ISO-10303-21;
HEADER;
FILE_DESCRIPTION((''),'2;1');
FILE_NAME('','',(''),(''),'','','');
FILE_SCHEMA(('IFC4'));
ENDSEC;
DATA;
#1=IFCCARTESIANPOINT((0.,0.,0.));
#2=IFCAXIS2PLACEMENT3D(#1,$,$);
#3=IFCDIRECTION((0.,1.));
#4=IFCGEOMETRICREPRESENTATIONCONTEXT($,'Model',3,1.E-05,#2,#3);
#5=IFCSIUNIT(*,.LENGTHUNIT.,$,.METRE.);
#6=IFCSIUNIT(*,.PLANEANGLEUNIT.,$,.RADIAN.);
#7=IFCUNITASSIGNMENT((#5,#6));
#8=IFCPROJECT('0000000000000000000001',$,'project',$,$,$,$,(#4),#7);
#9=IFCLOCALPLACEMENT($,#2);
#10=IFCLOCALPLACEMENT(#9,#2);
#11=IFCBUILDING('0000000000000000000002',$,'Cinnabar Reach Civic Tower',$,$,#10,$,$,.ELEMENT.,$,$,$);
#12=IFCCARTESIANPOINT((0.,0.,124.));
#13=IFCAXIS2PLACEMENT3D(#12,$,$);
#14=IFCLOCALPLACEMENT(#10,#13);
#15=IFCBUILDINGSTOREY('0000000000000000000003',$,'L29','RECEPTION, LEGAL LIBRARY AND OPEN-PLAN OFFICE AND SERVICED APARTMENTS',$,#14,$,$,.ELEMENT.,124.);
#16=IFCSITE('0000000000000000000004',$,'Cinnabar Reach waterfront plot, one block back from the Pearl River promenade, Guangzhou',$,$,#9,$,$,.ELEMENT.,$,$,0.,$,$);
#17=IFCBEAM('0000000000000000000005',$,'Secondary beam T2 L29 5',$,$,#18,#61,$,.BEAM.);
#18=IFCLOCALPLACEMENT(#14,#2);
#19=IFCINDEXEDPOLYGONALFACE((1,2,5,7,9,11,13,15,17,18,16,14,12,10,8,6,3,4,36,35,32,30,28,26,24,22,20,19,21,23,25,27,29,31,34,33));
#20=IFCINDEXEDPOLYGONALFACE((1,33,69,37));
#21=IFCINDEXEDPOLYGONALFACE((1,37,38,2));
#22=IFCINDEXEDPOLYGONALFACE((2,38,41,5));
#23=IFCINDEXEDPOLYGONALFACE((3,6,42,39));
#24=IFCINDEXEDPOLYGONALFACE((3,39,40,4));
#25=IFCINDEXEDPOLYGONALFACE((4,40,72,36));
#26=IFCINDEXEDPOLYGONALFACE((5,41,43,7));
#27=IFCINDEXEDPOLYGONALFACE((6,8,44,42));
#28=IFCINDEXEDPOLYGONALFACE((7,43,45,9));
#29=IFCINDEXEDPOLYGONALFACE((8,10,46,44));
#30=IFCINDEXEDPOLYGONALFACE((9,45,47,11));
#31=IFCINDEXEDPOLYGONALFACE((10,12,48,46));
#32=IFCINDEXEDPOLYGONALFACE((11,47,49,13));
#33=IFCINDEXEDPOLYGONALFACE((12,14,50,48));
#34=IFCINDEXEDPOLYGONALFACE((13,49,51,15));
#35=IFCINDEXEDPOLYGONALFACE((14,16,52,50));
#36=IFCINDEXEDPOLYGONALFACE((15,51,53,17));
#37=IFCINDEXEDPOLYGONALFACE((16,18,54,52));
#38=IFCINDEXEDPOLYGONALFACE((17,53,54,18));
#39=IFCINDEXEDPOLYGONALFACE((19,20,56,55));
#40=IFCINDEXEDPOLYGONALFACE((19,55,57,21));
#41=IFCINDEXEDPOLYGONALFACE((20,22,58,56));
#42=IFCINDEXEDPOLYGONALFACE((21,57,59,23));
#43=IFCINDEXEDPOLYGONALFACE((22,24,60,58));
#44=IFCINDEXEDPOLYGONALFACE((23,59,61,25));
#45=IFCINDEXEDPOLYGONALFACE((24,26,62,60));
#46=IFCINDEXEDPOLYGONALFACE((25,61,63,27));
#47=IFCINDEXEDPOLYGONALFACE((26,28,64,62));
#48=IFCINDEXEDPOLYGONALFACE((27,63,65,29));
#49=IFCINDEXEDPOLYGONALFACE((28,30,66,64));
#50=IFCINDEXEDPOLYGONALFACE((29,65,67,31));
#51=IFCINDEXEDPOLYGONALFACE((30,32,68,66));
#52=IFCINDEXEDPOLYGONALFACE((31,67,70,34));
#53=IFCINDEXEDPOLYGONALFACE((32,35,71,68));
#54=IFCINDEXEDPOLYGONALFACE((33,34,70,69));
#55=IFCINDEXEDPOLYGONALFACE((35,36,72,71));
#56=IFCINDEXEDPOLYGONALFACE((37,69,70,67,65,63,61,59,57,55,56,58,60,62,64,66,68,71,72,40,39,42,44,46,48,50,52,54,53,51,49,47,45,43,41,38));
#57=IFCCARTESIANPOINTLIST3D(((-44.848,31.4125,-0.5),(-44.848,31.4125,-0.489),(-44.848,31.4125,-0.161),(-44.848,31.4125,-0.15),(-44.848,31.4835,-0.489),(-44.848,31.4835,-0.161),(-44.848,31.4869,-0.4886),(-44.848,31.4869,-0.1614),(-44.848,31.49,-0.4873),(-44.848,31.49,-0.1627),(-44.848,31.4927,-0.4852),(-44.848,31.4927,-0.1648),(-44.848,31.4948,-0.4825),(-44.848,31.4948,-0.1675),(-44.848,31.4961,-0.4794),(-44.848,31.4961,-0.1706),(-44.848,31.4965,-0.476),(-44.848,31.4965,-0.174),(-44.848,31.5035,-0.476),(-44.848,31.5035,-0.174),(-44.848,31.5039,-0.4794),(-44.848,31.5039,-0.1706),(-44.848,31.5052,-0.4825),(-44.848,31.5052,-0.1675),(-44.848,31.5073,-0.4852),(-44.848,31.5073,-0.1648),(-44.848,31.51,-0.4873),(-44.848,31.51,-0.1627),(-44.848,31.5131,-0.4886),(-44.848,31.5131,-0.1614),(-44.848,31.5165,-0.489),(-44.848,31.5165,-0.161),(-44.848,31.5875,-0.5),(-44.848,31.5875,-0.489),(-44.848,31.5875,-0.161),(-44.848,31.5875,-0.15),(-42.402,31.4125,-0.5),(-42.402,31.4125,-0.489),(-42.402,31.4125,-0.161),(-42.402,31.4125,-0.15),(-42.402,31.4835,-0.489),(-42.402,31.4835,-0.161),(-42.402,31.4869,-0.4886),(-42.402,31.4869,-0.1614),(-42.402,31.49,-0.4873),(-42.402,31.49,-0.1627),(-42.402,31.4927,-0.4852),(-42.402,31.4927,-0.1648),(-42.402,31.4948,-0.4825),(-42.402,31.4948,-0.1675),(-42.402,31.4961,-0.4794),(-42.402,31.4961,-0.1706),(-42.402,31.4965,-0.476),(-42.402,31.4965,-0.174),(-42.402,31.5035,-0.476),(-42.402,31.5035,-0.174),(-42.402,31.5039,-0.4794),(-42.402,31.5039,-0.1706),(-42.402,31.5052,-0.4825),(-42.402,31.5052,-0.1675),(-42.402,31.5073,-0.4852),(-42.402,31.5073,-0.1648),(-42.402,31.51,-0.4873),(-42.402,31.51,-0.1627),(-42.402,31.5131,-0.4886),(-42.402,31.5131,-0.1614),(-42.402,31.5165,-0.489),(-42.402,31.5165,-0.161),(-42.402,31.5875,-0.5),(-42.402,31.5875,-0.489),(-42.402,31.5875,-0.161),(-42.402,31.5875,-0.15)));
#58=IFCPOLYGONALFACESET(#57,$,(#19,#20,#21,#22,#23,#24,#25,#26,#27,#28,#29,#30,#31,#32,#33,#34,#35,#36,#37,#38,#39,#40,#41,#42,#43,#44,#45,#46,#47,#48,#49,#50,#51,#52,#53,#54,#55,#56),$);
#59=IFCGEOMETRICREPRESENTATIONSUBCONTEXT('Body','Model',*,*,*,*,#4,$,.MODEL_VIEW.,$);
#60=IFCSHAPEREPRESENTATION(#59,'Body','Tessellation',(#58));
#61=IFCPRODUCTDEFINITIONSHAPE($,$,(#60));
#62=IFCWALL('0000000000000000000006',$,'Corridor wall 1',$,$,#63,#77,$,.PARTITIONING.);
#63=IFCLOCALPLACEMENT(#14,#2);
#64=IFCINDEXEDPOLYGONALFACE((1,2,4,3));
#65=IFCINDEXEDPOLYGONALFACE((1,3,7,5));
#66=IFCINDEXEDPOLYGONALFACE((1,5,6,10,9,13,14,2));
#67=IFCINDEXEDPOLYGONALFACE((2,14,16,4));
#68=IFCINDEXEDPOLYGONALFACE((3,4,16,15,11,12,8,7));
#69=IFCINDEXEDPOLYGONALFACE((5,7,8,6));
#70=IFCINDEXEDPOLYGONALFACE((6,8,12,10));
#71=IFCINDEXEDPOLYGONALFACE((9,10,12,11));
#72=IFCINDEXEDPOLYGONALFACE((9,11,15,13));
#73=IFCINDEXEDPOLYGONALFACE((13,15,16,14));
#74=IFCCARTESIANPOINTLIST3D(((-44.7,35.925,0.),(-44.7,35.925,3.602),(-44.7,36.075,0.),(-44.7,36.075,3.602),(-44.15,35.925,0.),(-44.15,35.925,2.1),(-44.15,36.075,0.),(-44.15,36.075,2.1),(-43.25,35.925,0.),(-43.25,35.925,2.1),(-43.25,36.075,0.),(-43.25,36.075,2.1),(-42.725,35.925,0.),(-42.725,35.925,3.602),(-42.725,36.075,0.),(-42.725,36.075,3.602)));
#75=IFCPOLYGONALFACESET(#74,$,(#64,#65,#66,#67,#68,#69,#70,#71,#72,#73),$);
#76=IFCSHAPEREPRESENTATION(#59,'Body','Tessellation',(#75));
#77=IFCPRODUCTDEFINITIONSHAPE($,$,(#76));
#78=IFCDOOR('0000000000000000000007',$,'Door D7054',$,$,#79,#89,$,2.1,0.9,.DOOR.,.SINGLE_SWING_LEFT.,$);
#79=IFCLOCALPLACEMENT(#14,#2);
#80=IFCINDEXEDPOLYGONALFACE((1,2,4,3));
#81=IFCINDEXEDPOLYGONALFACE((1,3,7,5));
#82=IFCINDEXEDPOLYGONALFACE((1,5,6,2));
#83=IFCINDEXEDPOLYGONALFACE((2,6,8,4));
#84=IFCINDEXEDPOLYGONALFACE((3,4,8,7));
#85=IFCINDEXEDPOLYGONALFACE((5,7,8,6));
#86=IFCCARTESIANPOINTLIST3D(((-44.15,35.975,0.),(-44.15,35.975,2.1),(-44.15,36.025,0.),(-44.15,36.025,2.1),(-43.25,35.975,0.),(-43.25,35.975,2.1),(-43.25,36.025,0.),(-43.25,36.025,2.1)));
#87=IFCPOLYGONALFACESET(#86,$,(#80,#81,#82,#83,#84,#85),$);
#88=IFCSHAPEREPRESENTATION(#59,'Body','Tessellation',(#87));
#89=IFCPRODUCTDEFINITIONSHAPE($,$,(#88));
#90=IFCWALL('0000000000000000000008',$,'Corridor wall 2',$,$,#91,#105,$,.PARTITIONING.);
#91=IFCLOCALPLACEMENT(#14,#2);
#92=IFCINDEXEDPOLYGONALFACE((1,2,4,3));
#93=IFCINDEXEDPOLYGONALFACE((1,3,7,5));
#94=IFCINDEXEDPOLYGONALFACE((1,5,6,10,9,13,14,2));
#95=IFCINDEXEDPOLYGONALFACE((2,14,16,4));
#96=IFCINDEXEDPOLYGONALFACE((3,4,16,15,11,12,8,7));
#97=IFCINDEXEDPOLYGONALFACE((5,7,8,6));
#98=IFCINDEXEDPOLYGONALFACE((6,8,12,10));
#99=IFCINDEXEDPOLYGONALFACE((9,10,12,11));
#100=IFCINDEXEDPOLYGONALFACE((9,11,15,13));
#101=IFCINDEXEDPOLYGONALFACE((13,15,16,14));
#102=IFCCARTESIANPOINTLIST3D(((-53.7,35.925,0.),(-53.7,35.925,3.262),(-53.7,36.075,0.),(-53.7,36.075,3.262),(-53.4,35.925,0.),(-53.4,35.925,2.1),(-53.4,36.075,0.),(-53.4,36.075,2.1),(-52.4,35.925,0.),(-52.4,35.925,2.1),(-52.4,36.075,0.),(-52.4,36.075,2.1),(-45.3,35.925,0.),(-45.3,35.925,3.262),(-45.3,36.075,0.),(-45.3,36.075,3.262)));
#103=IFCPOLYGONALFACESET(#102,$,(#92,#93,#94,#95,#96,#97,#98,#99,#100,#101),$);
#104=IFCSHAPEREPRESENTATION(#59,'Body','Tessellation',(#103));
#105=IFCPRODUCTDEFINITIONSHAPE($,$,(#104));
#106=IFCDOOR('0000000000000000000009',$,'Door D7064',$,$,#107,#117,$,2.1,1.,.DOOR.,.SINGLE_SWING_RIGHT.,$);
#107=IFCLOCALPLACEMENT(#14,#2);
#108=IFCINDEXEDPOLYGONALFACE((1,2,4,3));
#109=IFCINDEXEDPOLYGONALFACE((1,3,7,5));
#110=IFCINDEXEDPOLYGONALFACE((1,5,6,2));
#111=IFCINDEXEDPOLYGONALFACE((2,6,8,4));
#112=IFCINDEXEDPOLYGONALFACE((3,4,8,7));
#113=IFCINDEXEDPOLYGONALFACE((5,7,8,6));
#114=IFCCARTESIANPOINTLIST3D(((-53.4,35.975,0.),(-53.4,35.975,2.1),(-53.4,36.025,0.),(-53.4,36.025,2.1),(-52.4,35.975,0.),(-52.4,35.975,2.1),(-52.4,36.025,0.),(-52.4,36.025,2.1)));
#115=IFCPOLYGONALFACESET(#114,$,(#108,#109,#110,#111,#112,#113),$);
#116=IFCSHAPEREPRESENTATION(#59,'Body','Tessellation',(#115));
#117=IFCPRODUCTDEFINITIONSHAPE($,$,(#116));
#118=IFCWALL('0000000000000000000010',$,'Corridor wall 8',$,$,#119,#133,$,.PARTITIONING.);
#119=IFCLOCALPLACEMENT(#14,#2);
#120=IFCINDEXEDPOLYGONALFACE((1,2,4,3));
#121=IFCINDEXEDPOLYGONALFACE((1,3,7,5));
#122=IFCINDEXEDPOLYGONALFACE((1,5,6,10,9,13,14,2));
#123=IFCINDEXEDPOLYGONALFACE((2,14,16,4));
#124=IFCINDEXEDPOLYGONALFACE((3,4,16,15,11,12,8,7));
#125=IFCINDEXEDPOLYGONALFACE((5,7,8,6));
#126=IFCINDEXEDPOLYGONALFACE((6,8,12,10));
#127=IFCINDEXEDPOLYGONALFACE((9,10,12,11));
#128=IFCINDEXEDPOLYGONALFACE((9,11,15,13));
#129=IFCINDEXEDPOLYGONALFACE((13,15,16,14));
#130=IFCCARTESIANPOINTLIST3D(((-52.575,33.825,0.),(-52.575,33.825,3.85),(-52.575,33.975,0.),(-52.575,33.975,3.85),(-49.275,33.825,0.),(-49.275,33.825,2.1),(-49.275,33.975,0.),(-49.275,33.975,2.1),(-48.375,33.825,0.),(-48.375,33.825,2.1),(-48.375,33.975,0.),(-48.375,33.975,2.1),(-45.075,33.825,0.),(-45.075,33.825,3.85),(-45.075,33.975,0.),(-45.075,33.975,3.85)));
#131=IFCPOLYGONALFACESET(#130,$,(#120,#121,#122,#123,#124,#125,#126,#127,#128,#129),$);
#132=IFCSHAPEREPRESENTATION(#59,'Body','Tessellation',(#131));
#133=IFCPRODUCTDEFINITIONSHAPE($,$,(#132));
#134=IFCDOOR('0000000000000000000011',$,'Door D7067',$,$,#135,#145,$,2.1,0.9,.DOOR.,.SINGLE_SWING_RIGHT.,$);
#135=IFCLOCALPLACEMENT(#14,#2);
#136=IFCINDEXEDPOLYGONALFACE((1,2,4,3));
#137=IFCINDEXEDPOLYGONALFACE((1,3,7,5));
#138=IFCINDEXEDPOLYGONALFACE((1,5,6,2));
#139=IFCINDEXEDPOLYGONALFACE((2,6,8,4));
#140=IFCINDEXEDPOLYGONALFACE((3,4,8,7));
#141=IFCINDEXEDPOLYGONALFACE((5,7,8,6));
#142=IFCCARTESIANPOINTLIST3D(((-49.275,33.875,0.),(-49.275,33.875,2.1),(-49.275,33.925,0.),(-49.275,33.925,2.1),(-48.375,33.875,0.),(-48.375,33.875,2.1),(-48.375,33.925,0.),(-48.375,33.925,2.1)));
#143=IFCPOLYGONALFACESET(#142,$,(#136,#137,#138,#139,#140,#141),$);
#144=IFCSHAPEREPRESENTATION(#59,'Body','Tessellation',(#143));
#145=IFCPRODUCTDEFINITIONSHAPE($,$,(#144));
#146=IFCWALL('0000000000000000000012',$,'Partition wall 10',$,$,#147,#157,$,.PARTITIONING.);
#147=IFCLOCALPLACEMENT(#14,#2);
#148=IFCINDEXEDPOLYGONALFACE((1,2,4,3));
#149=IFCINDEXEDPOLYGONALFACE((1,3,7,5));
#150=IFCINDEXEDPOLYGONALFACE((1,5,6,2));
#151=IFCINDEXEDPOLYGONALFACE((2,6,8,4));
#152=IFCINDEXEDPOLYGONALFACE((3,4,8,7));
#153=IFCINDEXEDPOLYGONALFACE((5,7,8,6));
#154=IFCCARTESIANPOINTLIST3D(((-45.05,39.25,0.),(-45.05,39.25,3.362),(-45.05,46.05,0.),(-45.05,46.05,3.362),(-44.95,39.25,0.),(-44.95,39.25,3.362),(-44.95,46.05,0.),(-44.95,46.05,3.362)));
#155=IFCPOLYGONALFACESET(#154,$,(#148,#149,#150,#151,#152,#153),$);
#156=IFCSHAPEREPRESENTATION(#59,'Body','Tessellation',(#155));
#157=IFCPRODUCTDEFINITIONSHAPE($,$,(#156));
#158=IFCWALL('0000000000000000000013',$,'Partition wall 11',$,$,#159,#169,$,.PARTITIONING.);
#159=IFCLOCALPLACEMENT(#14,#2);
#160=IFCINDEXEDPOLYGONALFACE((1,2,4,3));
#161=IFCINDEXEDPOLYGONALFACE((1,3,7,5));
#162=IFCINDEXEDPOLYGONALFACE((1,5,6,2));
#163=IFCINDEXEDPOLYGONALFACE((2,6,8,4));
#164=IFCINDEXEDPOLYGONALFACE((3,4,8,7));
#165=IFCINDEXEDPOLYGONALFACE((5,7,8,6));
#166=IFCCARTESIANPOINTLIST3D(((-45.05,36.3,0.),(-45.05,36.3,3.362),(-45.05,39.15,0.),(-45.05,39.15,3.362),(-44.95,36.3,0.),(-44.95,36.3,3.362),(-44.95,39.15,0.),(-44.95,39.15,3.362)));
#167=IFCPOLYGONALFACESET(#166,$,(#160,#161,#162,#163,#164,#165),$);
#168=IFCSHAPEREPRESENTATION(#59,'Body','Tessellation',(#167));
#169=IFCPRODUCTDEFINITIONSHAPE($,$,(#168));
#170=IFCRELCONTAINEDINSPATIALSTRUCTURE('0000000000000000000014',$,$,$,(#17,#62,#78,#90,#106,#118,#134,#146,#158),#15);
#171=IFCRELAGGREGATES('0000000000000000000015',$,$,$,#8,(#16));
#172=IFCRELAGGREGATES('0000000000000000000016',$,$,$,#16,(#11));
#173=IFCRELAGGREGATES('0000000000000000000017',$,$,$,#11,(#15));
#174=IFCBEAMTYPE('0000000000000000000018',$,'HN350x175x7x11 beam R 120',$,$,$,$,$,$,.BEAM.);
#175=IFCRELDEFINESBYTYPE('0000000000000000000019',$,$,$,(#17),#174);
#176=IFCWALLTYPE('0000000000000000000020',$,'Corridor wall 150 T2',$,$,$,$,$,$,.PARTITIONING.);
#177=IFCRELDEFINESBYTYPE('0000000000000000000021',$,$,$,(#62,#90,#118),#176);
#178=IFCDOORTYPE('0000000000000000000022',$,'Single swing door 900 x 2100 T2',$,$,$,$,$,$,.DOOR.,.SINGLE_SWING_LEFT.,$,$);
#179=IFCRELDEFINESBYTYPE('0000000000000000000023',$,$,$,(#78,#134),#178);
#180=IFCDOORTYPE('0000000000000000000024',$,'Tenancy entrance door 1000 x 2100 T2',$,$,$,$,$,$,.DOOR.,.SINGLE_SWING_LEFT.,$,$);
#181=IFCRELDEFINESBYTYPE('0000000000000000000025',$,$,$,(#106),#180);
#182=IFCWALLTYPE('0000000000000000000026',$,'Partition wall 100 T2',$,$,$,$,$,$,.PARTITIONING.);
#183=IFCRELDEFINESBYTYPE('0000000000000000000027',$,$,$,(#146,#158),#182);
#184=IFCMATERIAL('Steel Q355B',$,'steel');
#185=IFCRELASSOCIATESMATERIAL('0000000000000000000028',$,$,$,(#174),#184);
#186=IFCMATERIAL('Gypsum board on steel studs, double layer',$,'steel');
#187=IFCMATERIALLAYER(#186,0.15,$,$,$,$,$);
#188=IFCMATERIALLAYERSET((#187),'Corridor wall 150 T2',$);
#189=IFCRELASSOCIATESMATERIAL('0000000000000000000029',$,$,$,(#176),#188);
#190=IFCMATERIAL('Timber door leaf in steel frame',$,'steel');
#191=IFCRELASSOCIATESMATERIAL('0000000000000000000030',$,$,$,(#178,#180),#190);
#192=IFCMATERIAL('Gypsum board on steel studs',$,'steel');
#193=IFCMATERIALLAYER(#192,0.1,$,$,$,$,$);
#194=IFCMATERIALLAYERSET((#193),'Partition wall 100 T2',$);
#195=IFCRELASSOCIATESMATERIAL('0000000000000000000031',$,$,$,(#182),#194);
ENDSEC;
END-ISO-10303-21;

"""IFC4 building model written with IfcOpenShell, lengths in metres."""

from ifc_helpers import new_model, si_unit, direction, frame, frame_2d, origin, origin_2d, place, context, subcontext, project, spatial, rectangle, i_section, extrude, material, layer, layer_set, material_profile, profile_set, type_object, element, fill, save


model = new_model("IFC4")

# Units and contexts
model_context = context("Model", 3, precision=1e-05, world=origin(), true_north=direction((0.0, 1.0)))
body_context = subcontext(model_context, "Body", "Model", "MODEL_VIEW")
ifc_project = project(units=[si_unit("LENGTHUNIT", "METRE"), si_unit("PLANEANGLEUNIT", "RADIAN")], contexts=[model_context])

# Site, building, storey
site_placement = place(None, origin())
site = spatial("IfcSite", under=ifc_project, at=site_placement, Name="Cinnabar Reach waterfront plot, one block back from the Pearl River promenade, Guangzhou", CompositionType="ELEMENT", RefElevation=0.0)
building_placement = place(site_placement, origin())
building = spatial("IfcBuilding", under=site, at=building_placement, Name="Cinnabar Reach Civic Tower", CompositionType="ELEMENT")
storey_placement = place(building_placement, frame((0.0, 0.0, 124.0)))
storey = spatial("IfcBuildingStorey", under=building, at=storey_placement, Name="L29", Description="RECEPTION, LEGAL LIBRARY AND OPEN-PLAN OFFICE AND SERVICED APARTMENTS", CompositionType="ELEMENT", Elevation=124.0)

# Beam
ifc_material_1 = material(Name="Steel Q355B", Category="steel")
ifc_material_profile_1 = material_profile(ifc_material_1, i_section(OverallWidth=0.175, OverallDepth=0.35, WebThickness=0.007, FlangeThickness=0.011, FilletRadius=0.013, at=origin_2d()), Name="HN350x175x7x11")
ifc_profile_set_1 = profile_set([ifc_material_profile_1], Name="Steel Q355B")
beam_type_1 = type_object("IfcBeamType", Name="HN350x175x7x11 beam R 120", PredefinedType="BEAM", material=ifc_profile_set_1)
beam_1_placement = place(storey_placement, frame((-44.848, 31.5, -0.325), z_axis=(1.0, 0.0, 0.0), x_axis=(0.0, 1.0, 0.0)))
element("IfcBeam", 1, at=beam_1_placement, inside=storey, type_object=beam_type_1, Name="Secondary beam T2 L29 5", PredefinedType="BEAM", context=body_context, shape_type="SweptSolid", body=[
    extrude(i_section(OverallWidth=0.175, OverallDepth=0.35, WebThickness=0.007, FlangeThickness=0.011, FilletRadius=0.013, at=origin_2d()), origin(), (0.0, 0.0, 1.0), 2.446),
])

# Walls, openings, doors
ifc_material_2 = material(Name="Gypsum board on steel studs, double layer", Category="steel")
ifc_layer_1 = layer(ifc_material_2, 0.15)
ifc_layer_set_1 = layer_set([ifc_layer_1], Name="Corridor wall 150 T2")
wall_type_1 = type_object("IfcWallType", Name="Corridor wall 150 T2", PredefinedType="PARTITIONING", material=ifc_layer_set_1)
wall_1_placement = place(storey_placement, frame((-44.7, 36.0, 0.0), z_axis=(0.0, 0.0, 1.0), x_axis=(1.0, 0.0, 0.0)))
wall_1 = element("IfcWall", 2, at=wall_1_placement, inside=storey, type_object=wall_type_1, Name="Corridor wall 1", PredefinedType="PARTITIONING", context=body_context, shape_type="SweptSolid", body=[
    extrude(rectangle(XDim=1.975, YDim=0.15, at=frame_2d((0.9875, 0.0))), origin(), (0.0, 0.0, 1.0), 3.602),
])
opening_1_placement = place(wall_1_placement, frame((0.55, 0.0, 0.0)))
opening_1 = element("IfcOpeningElement", 3, at=opening_1_placement, cuts=wall_1, PredefinedType="OPENING", context=body_context, shape_type="SweptSolid", body=[
    extrude(rectangle(XDim=0.9, YDim=2.1, at=frame_2d((0.45, 1.05))), frame((0.0, 0.085, 0.0), z_axis=(0.0, -1.0, 0.0), x_axis=(1.0, 0.0, 0.0)), (0.0, 0.0, 1.0), 0.17),
])
ifc_material_3 = material(Name="Timber door leaf in steel frame", Category="steel")
door_type_1 = type_object("IfcDoorType", Name="Single swing door 900 x 2100 T2", OperationType="SINGLE_SWING_LEFT", PredefinedType="DOOR", material=ifc_material_3)
door_1_placement = place(opening_1_placement, origin())
door_1 = element("IfcDoor", 4, at=door_1_placement, inside=storey, type_object=door_type_1, Name="Door D7054", OperationType="SINGLE_SWING_LEFT", OverallHeight=2.1, OverallWidth=0.9, PredefinedType="DOOR", context=body_context, shape_type="SweptSolid", body=[
    extrude(rectangle(XDim=0.9, YDim=2.1, at=frame_2d((0.45, 1.05))), frame((0.0, 0.025, 0.0), z_axis=(0.0, -1.0, 0.0), x_axis=(1.0, 0.0, 0.0)), (0.0, 0.0, 1.0), 0.05),
])
fill(opening_1, door_1)
wall_2_placement = place(storey_placement, frame((-53.7, 36.0, 0.0), z_axis=(0.0, 0.0, 1.0), x_axis=(1.0, 0.0, 0.0)))
wall_2 = element("IfcWall", 5, at=wall_2_placement, inside=storey, type_object=wall_type_1, Name="Corridor wall 2", PredefinedType="PARTITIONING", context=body_context, shape_type="SweptSolid", body=[
    extrude(rectangle(XDim=8.4, YDim=0.15, at=frame_2d((4.2, 0.0))), origin(), (0.0, 0.0, 1.0), 3.262),
])
opening_2_placement = place(wall_2_placement, frame((0.3, 0.0, 0.0)))
opening_2 = element("IfcOpeningElement", 6, at=opening_2_placement, cuts=wall_2, PredefinedType="OPENING", context=body_context, shape_type="SweptSolid", body=[
    extrude(rectangle(XDim=1.0, YDim=2.1, at=frame_2d((0.5, 1.05))), frame((0.0, 0.085, 0.0), z_axis=(0.0, -1.0, 0.0), x_axis=(1.0, 0.0, 0.0)), (0.0, 0.0, 1.0), 0.17),
])
door_type_2 = type_object("IfcDoorType", Name="Tenancy entrance door 1000 x 2100 T2", OperationType="SINGLE_SWING_LEFT", PredefinedType="DOOR", material=ifc_material_3)
door_2_placement = place(opening_2_placement, origin())
door_2 = element("IfcDoor", 7, at=door_2_placement, inside=storey, type_object=door_type_2, Name="Door D7064", OperationType="SINGLE_SWING_RIGHT", OverallHeight=2.1, OverallWidth=1.0, PredefinedType="DOOR", context=body_context, shape_type="SweptSolid", body=[
    extrude(rectangle(XDim=1.0, YDim=2.1, at=frame_2d((0.5, 1.05))), frame((0.0, 0.025, 0.0), z_axis=(0.0, -1.0, 0.0), x_axis=(1.0, 0.0, 0.0)), (0.0, 0.0, 1.0), 0.05),
])
fill(opening_2, door_2)
wall_3_placement = place(storey_placement, frame((-52.575, 33.9, 0.0), z_axis=(0.0, 0.0, 1.0), x_axis=(1.0, 0.0, 0.0)))
wall_3 = element("IfcWall", 8, at=wall_3_placement, inside=storey, type_object=wall_type_1, Name="Corridor wall 8", PredefinedType="PARTITIONING", context=body_context, shape_type="SweptSolid", body=[
    extrude(rectangle(XDim=7.5, YDim=0.15, at=frame_2d((3.75, 0.0))), origin(), (0.0, 0.0, 1.0), 3.85),
])
opening_3_placement = place(wall_3_placement, frame((3.3, 0.0, 0.0)))
opening_3 = element("IfcOpeningElement", 9, at=opening_3_placement, cuts=wall_3, PredefinedType="OPENING", context=body_context, shape_type="SweptSolid", body=[
    extrude(rectangle(XDim=0.9, YDim=2.1, at=frame_2d((0.45, 1.05))), frame((0.0, 0.085, 0.0), z_axis=(0.0, -1.0, 0.0), x_axis=(1.0, 0.0, 0.0)), (0.0, 0.0, 1.0), 0.17),
])
door_3_placement = place(opening_3_placement, frame((0.9, 0.0, 0.0), z_axis=(0.0, 0.0, 1.0), x_axis=(-1.0, 0.0, 0.0)))
door_3 = element("IfcDoor", 10, at=door_3_placement, inside=storey, type_object=door_type_1, Name="Door D7067", OperationType="SINGLE_SWING_RIGHT", OverallHeight=2.1, OverallWidth=0.9, PredefinedType="DOOR", context=body_context, shape_type="SweptSolid", body=[
    extrude(rectangle(XDim=0.9, YDim=2.1, at=frame_2d((0.45, 1.05))), frame((0.0, 0.025, 0.0), z_axis=(0.0, -1.0, 0.0), x_axis=(1.0, 0.0, 0.0)), (0.0, 0.0, 1.0), 0.05),
])
fill(opening_3, door_3)

# Walls
ifc_material_4 = material(Name="Gypsum board on steel studs", Category="steel")
ifc_layer_2 = layer(ifc_material_4, 0.1)
ifc_layer_set_2 = layer_set([ifc_layer_2], Name="Partition wall 100 T2")
wall_type_2 = type_object("IfcWallType", Name="Partition wall 100 T2", PredefinedType="PARTITIONING", material=ifc_layer_set_2)
wall_4_placement = place(storey_placement, frame((-45.0, 39.25, 0.0), z_axis=(0.0, 0.0, 1.0), x_axis=(0.0, 1.0, 0.0)))
element("IfcWall", 11, at=wall_4_placement, inside=storey, type_object=wall_type_2, Name="Partition wall 10", PredefinedType="PARTITIONING", context=body_context, shape_type="SweptSolid", body=[
    extrude(rectangle(XDim=6.8, YDim=0.1, at=frame_2d((3.4, 0.0))), origin(), (0.0, 0.0, 1.0), 3.362),
])
wall_5_placement = place(storey_placement, frame((-45.0, 36.3, 0.0), z_axis=(0.0, 0.0, 1.0), x_axis=(0.0, 1.0, 0.0)))
element("IfcWall", 12, at=wall_5_placement, inside=storey, type_object=wall_type_2, Name="Partition wall 11", PredefinedType="PARTITIONING", context=body_context, shape_type="SweptSolid", body=[
    extrude(rectangle(XDim=2.85, YDim=0.1, at=frame_2d((1.425, 0.0))), origin(), (0.0, 0.0, 1.0), 3.362),
])

save(model, "model.ifc")
